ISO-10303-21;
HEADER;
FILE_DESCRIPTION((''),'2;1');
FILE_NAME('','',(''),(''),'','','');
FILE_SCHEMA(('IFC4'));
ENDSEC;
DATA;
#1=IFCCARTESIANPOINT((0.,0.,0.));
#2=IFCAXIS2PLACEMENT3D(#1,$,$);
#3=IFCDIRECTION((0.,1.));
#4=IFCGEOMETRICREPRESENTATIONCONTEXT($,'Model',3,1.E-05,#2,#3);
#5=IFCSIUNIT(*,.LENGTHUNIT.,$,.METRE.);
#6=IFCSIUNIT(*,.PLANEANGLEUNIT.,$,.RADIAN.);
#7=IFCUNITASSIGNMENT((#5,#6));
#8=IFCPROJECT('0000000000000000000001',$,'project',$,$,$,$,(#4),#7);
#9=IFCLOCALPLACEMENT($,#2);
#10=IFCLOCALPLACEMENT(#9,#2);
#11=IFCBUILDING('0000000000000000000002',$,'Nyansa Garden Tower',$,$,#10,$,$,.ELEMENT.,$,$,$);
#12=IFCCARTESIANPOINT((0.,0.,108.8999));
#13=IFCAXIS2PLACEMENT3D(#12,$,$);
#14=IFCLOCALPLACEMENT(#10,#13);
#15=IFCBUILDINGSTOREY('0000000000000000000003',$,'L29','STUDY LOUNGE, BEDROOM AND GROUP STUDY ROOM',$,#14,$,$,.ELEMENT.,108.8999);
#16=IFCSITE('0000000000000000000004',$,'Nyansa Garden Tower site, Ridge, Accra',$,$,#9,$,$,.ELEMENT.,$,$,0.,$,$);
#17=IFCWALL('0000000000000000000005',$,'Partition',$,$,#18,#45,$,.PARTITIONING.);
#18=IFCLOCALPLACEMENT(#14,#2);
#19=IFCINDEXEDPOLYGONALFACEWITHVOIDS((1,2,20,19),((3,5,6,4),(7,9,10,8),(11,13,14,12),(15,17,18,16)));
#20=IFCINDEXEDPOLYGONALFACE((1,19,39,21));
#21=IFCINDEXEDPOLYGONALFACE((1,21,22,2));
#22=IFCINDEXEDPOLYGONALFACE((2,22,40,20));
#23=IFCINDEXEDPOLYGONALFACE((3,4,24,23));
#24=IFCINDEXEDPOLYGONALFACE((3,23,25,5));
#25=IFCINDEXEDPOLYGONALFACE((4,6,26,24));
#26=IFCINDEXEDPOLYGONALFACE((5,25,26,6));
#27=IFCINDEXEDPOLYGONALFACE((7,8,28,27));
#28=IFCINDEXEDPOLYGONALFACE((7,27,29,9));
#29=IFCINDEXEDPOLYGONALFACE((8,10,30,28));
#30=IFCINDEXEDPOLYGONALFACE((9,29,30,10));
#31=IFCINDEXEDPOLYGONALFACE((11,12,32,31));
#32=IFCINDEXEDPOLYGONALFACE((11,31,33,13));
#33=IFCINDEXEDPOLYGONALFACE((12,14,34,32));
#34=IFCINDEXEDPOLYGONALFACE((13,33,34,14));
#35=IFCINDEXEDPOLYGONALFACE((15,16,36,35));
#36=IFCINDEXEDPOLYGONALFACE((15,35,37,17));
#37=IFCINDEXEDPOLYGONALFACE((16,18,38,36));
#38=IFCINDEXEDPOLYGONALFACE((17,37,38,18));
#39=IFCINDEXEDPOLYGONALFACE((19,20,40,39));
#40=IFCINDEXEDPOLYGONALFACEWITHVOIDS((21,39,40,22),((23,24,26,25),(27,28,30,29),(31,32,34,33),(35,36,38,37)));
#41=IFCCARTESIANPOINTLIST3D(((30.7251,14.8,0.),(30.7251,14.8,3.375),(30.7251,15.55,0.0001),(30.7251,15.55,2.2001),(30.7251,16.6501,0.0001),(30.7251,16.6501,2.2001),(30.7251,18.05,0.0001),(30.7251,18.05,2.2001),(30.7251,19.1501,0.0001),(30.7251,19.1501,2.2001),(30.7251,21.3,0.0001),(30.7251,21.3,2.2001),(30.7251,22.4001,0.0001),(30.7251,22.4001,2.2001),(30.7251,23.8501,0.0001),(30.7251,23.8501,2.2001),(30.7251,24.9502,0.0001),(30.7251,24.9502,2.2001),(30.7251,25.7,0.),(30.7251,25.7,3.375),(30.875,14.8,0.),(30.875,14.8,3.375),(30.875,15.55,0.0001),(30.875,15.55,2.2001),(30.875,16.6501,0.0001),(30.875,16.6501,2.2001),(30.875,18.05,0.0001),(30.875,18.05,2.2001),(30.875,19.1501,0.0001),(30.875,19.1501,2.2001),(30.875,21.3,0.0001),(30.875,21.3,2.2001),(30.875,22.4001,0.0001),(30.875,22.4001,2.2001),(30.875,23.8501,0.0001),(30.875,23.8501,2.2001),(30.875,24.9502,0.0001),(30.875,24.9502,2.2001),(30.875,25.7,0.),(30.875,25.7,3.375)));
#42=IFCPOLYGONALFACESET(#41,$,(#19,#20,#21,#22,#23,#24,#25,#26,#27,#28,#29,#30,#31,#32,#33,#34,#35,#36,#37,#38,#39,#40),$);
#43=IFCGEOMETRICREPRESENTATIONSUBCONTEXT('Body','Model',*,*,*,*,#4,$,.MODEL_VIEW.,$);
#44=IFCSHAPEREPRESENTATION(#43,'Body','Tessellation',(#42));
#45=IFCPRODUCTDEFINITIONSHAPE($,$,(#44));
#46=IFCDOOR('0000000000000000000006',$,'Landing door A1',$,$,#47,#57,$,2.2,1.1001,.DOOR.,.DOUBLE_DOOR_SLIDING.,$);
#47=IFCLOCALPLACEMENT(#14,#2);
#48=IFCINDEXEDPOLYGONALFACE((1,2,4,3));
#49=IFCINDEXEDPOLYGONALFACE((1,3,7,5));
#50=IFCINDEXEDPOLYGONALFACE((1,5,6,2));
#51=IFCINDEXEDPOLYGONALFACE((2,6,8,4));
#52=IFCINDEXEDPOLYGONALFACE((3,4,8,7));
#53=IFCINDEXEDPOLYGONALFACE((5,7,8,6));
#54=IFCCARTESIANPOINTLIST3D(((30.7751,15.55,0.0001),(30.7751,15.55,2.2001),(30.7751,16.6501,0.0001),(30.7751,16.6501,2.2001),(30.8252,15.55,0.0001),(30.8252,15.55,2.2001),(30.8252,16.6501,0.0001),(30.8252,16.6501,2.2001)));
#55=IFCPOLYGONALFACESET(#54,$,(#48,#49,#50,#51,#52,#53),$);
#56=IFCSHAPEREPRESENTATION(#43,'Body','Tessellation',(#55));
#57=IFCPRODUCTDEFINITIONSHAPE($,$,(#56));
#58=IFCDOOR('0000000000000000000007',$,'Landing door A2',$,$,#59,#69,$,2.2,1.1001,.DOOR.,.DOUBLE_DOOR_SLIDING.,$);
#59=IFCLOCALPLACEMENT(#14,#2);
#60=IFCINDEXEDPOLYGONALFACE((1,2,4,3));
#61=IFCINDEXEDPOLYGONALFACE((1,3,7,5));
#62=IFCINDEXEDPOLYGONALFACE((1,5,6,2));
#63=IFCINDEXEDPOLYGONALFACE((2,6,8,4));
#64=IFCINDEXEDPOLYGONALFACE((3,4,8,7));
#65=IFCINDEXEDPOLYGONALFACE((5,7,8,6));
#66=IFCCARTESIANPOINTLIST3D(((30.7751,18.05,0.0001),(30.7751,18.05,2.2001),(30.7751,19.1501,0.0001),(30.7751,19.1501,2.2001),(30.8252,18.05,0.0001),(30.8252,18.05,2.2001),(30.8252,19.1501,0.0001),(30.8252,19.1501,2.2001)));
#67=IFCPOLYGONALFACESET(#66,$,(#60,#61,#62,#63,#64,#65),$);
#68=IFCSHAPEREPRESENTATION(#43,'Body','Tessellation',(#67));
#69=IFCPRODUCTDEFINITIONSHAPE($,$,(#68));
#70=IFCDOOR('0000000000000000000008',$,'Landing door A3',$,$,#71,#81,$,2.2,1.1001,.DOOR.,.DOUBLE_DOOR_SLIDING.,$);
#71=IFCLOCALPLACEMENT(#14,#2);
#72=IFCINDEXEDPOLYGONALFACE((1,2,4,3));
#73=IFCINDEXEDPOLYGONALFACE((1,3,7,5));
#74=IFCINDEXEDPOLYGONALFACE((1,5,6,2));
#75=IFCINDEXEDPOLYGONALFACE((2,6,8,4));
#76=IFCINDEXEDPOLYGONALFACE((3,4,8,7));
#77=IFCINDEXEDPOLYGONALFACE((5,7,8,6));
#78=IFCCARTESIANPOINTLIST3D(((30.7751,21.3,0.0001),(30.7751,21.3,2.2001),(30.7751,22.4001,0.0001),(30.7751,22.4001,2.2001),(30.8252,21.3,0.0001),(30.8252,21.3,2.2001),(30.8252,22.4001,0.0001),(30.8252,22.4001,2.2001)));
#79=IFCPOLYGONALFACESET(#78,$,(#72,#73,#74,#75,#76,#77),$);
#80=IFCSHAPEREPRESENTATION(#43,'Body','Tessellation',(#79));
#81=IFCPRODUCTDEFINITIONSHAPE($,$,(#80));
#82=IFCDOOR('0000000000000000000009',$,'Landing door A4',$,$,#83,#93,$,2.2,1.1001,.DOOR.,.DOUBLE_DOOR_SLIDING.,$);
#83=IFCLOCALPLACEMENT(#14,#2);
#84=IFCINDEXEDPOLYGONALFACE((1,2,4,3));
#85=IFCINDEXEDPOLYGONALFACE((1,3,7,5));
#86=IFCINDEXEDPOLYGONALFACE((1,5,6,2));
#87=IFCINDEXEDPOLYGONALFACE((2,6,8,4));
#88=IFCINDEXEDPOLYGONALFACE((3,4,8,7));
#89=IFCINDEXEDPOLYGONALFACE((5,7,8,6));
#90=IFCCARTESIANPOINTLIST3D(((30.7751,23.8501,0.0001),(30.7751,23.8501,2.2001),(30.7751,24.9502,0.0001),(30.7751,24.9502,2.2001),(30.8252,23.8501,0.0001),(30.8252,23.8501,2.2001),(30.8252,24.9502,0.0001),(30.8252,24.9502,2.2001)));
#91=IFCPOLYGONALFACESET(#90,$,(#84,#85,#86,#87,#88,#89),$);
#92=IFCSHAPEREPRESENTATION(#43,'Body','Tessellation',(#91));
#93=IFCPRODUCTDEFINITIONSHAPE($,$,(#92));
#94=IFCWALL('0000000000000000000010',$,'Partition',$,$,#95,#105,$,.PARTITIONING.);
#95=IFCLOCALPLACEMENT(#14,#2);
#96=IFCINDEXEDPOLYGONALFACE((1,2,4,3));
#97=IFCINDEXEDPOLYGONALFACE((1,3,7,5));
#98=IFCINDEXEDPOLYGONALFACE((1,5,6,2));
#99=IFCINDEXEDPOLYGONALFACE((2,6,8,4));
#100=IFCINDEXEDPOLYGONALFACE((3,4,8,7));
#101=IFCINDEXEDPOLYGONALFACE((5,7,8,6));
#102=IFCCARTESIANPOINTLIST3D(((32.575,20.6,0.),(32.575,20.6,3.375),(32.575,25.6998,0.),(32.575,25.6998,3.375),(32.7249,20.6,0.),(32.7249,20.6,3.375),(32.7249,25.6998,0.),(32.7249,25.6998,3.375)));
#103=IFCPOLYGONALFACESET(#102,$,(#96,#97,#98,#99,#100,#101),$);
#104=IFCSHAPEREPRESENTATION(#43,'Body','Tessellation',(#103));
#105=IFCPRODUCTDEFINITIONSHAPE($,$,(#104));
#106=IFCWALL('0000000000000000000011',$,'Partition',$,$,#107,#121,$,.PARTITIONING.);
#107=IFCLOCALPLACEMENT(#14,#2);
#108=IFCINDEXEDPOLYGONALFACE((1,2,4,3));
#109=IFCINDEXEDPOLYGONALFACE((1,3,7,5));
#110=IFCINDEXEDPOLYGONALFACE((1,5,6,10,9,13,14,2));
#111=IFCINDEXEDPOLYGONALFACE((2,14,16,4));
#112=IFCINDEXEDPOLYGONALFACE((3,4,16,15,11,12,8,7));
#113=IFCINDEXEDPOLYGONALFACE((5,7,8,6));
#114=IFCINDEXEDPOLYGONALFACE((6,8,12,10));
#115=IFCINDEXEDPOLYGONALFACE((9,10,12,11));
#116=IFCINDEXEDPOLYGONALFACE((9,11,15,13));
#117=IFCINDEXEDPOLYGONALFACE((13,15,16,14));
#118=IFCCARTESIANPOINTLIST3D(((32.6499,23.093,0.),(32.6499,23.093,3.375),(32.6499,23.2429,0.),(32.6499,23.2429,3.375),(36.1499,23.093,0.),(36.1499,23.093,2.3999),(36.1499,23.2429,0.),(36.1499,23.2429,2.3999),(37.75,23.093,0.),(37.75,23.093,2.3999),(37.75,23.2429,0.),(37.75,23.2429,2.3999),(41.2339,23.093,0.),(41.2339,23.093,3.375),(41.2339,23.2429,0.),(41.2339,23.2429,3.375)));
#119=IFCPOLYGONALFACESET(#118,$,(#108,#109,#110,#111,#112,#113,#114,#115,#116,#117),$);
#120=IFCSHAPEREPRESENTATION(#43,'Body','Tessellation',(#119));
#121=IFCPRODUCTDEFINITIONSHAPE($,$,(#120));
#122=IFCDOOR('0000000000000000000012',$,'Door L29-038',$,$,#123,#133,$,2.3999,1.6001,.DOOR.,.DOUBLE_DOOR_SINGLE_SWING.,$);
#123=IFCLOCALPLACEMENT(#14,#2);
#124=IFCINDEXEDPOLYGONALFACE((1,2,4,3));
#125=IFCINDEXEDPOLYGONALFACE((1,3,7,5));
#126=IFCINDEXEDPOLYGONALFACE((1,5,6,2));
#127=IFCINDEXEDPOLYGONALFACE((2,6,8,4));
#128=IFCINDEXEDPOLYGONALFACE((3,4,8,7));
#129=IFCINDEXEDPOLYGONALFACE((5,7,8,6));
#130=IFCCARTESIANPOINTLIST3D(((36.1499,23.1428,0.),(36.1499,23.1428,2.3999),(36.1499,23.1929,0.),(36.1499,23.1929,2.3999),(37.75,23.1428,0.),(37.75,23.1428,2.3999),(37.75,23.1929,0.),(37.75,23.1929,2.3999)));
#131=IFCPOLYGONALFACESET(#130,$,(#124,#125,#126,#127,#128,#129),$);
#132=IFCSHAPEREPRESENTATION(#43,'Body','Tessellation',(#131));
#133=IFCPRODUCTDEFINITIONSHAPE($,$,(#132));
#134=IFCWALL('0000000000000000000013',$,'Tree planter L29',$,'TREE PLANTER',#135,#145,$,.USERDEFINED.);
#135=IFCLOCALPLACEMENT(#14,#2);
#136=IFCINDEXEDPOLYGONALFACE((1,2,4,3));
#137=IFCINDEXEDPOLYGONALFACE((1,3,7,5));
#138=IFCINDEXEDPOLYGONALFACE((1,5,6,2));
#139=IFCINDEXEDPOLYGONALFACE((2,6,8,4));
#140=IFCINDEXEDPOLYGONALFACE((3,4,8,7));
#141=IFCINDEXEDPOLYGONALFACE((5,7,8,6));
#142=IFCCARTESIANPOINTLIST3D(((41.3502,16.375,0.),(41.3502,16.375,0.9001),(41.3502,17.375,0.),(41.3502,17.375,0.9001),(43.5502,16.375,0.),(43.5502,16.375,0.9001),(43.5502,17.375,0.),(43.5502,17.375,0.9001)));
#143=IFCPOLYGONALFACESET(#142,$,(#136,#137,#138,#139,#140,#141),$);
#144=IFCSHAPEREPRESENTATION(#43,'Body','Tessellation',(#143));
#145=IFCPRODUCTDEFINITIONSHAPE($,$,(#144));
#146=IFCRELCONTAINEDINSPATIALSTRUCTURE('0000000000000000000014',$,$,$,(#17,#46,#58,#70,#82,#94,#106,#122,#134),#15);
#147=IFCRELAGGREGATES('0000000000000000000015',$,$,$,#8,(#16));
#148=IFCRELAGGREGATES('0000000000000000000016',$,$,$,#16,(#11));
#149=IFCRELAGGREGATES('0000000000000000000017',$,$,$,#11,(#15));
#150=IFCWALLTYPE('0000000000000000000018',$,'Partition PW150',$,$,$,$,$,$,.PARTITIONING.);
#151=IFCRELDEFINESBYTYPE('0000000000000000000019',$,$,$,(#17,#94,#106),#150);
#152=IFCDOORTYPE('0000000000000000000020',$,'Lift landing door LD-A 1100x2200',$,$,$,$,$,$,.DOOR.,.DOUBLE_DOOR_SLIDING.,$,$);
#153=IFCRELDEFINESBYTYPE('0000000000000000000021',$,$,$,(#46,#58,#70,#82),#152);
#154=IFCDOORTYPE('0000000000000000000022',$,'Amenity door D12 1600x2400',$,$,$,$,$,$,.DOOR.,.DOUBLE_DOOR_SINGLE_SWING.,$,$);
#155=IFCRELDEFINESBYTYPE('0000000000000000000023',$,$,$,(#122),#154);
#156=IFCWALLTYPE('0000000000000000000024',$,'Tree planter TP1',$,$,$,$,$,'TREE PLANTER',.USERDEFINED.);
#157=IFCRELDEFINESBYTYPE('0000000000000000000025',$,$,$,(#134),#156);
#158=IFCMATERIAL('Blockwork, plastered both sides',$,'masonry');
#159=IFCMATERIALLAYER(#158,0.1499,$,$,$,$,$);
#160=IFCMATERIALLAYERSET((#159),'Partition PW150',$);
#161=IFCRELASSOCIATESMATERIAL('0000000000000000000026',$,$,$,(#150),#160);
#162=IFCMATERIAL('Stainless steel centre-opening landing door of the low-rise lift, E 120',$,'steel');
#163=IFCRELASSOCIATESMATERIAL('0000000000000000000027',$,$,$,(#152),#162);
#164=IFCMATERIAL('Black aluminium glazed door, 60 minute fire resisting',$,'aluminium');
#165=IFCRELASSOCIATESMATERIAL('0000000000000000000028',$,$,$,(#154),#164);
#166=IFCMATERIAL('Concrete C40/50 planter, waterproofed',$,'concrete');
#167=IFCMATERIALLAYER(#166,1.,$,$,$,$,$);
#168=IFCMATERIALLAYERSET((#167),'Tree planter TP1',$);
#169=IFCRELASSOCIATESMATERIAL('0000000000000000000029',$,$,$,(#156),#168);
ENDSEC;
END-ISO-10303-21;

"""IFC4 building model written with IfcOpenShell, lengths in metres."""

from ifc_helpers import new_model, si_unit, direction, frame, frame_2d, origin, place, context, subcontext, project, spatial, rectangle, extrude, material, layer, layer_set, type_object, element, fill, save


model = new_model("IFC4")

# Units and contexts
model_context = context("Model", 3, precision=1e-05, world=origin(), true_north=direction((0.0, 1.0)))
body_context = subcontext(model_context, "Body", "Model", "MODEL_VIEW")
ifc_project = project(units=[si_unit("LENGTHUNIT", "METRE"), si_unit("PLANEANGLEUNIT", "RADIAN")], contexts=[model_context])

# Site, building, storey
site_placement = place(None, origin())
site = spatial("IfcSite", under=ifc_project, at=site_placement, Name="Nyansa Garden Tower site, Ridge, Accra", CompositionType="ELEMENT", RefElevation=0.0)
building_placement = place(site_placement, origin())
building = spatial("IfcBuilding", under=site, at=building_placement, Name="Nyansa Garden Tower", CompositionType="ELEMENT")
storey_placement = place(building_placement, frame((0.0, 0.0, 108.8999)))
storey = spatial("IfcBuildingStorey", under=building, at=storey_placement, Name="L29", Description="STUDY LOUNGE, BEDROOM AND GROUP STUDY ROOM", CompositionType="ELEMENT", Elevation=108.8999)

# Wall, openings, doors
ifc_material_1 = material(Name="Blockwork, plastered both sides", Category="masonry")
ifc_layer_1 = layer(ifc_material_1, 0.1499)
ifc_layer_set_1 = layer_set([ifc_layer_1], Name="Partition PW150")
wall_type_1 = type_object("IfcWallType", Name="Partition PW150", PredefinedType="PARTITIONING", material=ifc_layer_set_1)
wall_1_placement = place(storey_placement, frame((30.8, 14.8, 0.0), z_axis=(0.0, 0.0, 1.0), x_axis=(0.0, 1.0, 0.0)))
wall_1 = element("IfcWall", 1, at=wall_1_placement, inside=storey, type_object=wall_type_1, Name="Partition", PredefinedType="PARTITIONING", context=body_context, shape_type="SweptSolid", body=[
    extrude(rectangle(XDim=10.8999, YDim=0.1499, at=frame_2d((5.45, 0.0))), origin(), (0.0, 0.0, 1.0), 3.375),
])
opening_1_placement = place(wall_1_placement, frame((0.75, 0.0, 0.0)))
opening_1 = element("IfcOpeningElement", 2, at=opening_1_placement, cuts=wall_1, PredefinedType="OPENING", context=body_context, shape_type="SweptSolid", body=[
    extrude(rectangle(XDim=1.1001, YDim=2.2, at=frame_2d((0.55, 1.1001))), frame((0.0, 0.085, 0.0), z_axis=(0.0, -1.0, 0.0), x_axis=(1.0, 0.0, 0.0)), (0.0, 0.0, 1.0), 0.1699),
])
opening_2_placement = place(wall_1_placement, frame((3.25, 0.0, 0.0)))
opening_2 = element("IfcOpeningElement", 3, at=opening_2_placement, cuts=wall_1, PredefinedType="OPENING", context=body_context, shape_type="SweptSolid", body=[
    extrude(rectangle(XDim=1.1001, YDim=2.2, at=frame_2d((0.55, 1.1001))), frame((0.0, 0.085, 0.0), z_axis=(0.0, -1.0, 0.0), x_axis=(1.0, 0.0, 0.0)), (0.0, 0.0, 1.0), 0.1699),
])
opening_3_placement = place(wall_1_placement, frame((6.5, 0.0, 0.0)))
opening_3 = element("IfcOpeningElement", 4, at=opening_3_placement, cuts=wall_1, PredefinedType="OPENING", context=body_context, shape_type="SweptSolid", body=[
    extrude(rectangle(XDim=1.1001, YDim=2.2, at=frame_2d((0.55, 1.1001))), frame((0.0, 0.085, 0.0), z_axis=(0.0, -1.0, 0.0), x_axis=(1.0, 0.0, 0.0)), (0.0, 0.0, 1.0), 0.1699),
])
opening_4_placement = place(wall_1_placement, frame((9.05, 0.0, 0.0)))
opening_4 = element("IfcOpeningElement", 5, at=opening_4_placement, cuts=wall_1, PredefinedType="OPENING", context=body_context, shape_type="SweptSolid", body=[
    extrude(rectangle(XDim=1.1001, YDim=2.2, at=frame_2d((0.55, 1.1001))), frame((0.0, 0.085, 0.0), z_axis=(0.0, -1.0, 0.0), x_axis=(1.0, 0.0, 0.0)), (0.0, 0.0, 1.0), 0.1699),
])
ifc_material_2 = material(Name="Stainless steel centre-opening landing door of the low-rise lift, E 120", Category="steel")
door_type_1 = type_object("IfcDoorType", Name="Lift landing door LD-A 1100x2200", OperationType="DOUBLE_DOOR_SLIDING", PredefinedType="DOOR", material=ifc_material_2)
door_1_placement = place(opening_1_placement, origin())
door_1 = element("IfcDoor", 6, at=door_1_placement, inside=storey, type_object=door_type_1, Name="Landing door A1", OperationType="DOUBLE_DOOR_SLIDING", OverallHeight=2.2, OverallWidth=1.1001, PredefinedType="DOOR", context=body_context, shape_type="SweptSolid", body=[
    extrude(rectangle(XDim=1.1001, YDim=2.2, at=frame_2d((0.55, 1.1001))), frame((0.0, 0.0249, 0.0), z_axis=(0.0, -1.0, 0.0), x_axis=(1.0, 0.0, 0.0)), (0.0, 0.0, 1.0), 0.05),
])
fill(opening_1, door_1)
door_2_placement = place(opening_2_placement, origin())
door_2 = element("IfcDoor", 7, at=door_2_placement, inside=storey, type_object=door_type_1, Name="Landing door A2", OperationType="DOUBLE_DOOR_SLIDING", OverallHeight=2.2, OverallWidth=1.1001, PredefinedType="DOOR", context=body_context, shape_type="SweptSolid", body=[
    extrude(rectangle(XDim=1.1001, YDim=2.2, at=frame_2d((0.55, 1.1001))), frame((0.0, 0.0249, 0.0), z_axis=(0.0, -1.0, 0.0), x_axis=(1.0, 0.0, 0.0)), (0.0, 0.0, 1.0), 0.05),
])
fill(opening_2, door_2)
door_3_placement = place(opening_3_placement, origin())
door_3 = element("IfcDoor", 8, at=door_3_placement, inside=storey, type_object=door_type_1, Name="Landing door A3", OperationType="DOUBLE_DOOR_SLIDING", OverallHeight=2.2, OverallWidth=1.1001, PredefinedType="DOOR", context=body_context, shape_type="SweptSolid", body=[
    extrude(rectangle(XDim=1.1001, YDim=2.2, at=frame_2d((0.55, 1.1001))), frame((0.0, 0.0249, 0.0), z_axis=(0.0, -1.0, 0.0), x_axis=(1.0, 0.0, 0.0)), (0.0, 0.0, 1.0), 0.05),
])
fill(opening_3, door_3)
door_4_placement = place(opening_4_placement, origin())
door_4 = element("IfcDoor", 9, at=door_4_placement, inside=storey, type_object=door_type_1, Name="Landing door A4", OperationType="DOUBLE_DOOR_SLIDING", OverallHeight=2.2, OverallWidth=1.1001, PredefinedType="DOOR", context=body_context, shape_type="SweptSolid", body=[
    extrude(rectangle(XDim=1.1001, YDim=2.2, at=frame_2d((0.55, 1.1001))), frame((0.0, 0.0249, 0.0), z_axis=(0.0, -1.0, 0.0), x_axis=(1.0, 0.0, 0.0)), (0.0, 0.0, 1.0), 0.05),
])
fill(opening_4, door_4)

# Wall
wall_2_placement = place(storey_placement, frame((32.6499, 20.6001, 0.0), z_axis=(0.0, 0.0, 1.0), x_axis=(0.0, 1.0, 0.0)))
element("IfcWall", 10, at=wall_2_placement, inside=storey, type_object=wall_type_1, Name="Partition", PredefinedType="PARTITIONING", context=body_context, shape_type="SweptSolid", body=[
    extrude(rectangle(XDim=5.0999, YDim=0.1499, at=frame_2d((2.5498, 0.0))), origin(), (0.0, 0.0, 1.0), 3.375),
])

# Wall, opening, door
wall_3_placement = place(storey_placement, frame((32.6499, 23.168, 0.0), z_axis=(0.0, 0.0, 1.0), x_axis=(1.0, 0.0, 0.0)))
wall_3 = element("IfcWall", 11, at=wall_3_placement, inside=storey, type_object=wall_type_1, Name="Partition", PredefinedType="PARTITIONING", context=body_context, shape_type="SweptSolid", body=[
    extrude(rectangle(XDim=8.584, YDim=0.1499, at=frame_2d((4.292, 0.0))), origin(), (0.0, 0.0, 1.0), 3.375),
])
opening_5_placement = place(wall_3_placement, frame((3.5, 0.0, 0.0)))
opening_5 = element("IfcOpeningElement", 12, at=opening_5_placement, cuts=wall_3, PredefinedType="OPENING", context=body_context, shape_type="SweptSolid", body=[
    extrude(rectangle(XDim=1.6001, YDim=2.3999, at=frame_2d((0.8, 1.2))), frame((0.0, 0.085, 0.0), z_axis=(0.0, -1.0, 0.0), x_axis=(1.0, 0.0, 0.0)), (0.0, 0.0, 1.0), 0.1699),
])
ifc_material_3 = material(Name="Black aluminium glazed door, 60 minute fire resisting", Category="aluminium")
door_type_2 = type_object("IfcDoorType", Name="Amenity door D12 1600x2400", OperationType="DOUBLE_DOOR_SINGLE_SWING", PredefinedType="DOOR", material=ifc_material_3)
door_5_placement = place(opening_5_placement, origin())
door_5 = element("IfcDoor", 13, at=door_5_placement, inside=storey, type_object=door_type_2, Name="Door L29-038", OperationType="DOUBLE_DOOR_SINGLE_SWING", OverallHeight=2.3999, OverallWidth=1.6001, PredefinedType="DOOR", context=body_context, shape_type="SweptSolid", body=[
    extrude(rectangle(XDim=1.6001, YDim=2.3999, at=frame_2d((0.8, 1.2))), frame((0.0, 0.0249, 0.0), z_axis=(0.0, -1.0, 0.0), x_axis=(1.0, 0.0, 0.0)), (0.0, 0.0, 1.0), 0.05),
])
fill(opening_5, door_5)

# Wall
ifc_material_4 = material(Name="Concrete C40/50 planter, waterproofed", Category="concrete")
ifc_layer_2 = layer(ifc_material_4, 1.0)
ifc_layer_set_2 = layer_set([ifc_layer_2], Name="Tree planter TP1")
wall_type_2 = type_object("IfcWallType", Name="Tree planter TP1", ElementType="TREE PLANTER", PredefinedType="USERDEFINED", material=ifc_layer_set_2)
wall_4_placement = place(storey_placement, frame((41.3501, 16.875, 0.0), z_axis=(0.0, 0.0, 1.0), x_axis=(1.0, 0.0, 0.0)))
element("IfcWall", 14, at=wall_4_placement, inside=storey, type_object=wall_type_2, Name="Tree planter L29", ObjectType="TREE PLANTER", PredefinedType="USERDEFINED", context=body_context, shape_type="SweptSolid", body=[
    extrude(rectangle(XDim=2.2, YDim=1.0, at=frame_2d((1.1001, 0.0))), origin(), (0.0, 0.0, 1.0), 0.9001),
])

save(model, "model.ifc")
